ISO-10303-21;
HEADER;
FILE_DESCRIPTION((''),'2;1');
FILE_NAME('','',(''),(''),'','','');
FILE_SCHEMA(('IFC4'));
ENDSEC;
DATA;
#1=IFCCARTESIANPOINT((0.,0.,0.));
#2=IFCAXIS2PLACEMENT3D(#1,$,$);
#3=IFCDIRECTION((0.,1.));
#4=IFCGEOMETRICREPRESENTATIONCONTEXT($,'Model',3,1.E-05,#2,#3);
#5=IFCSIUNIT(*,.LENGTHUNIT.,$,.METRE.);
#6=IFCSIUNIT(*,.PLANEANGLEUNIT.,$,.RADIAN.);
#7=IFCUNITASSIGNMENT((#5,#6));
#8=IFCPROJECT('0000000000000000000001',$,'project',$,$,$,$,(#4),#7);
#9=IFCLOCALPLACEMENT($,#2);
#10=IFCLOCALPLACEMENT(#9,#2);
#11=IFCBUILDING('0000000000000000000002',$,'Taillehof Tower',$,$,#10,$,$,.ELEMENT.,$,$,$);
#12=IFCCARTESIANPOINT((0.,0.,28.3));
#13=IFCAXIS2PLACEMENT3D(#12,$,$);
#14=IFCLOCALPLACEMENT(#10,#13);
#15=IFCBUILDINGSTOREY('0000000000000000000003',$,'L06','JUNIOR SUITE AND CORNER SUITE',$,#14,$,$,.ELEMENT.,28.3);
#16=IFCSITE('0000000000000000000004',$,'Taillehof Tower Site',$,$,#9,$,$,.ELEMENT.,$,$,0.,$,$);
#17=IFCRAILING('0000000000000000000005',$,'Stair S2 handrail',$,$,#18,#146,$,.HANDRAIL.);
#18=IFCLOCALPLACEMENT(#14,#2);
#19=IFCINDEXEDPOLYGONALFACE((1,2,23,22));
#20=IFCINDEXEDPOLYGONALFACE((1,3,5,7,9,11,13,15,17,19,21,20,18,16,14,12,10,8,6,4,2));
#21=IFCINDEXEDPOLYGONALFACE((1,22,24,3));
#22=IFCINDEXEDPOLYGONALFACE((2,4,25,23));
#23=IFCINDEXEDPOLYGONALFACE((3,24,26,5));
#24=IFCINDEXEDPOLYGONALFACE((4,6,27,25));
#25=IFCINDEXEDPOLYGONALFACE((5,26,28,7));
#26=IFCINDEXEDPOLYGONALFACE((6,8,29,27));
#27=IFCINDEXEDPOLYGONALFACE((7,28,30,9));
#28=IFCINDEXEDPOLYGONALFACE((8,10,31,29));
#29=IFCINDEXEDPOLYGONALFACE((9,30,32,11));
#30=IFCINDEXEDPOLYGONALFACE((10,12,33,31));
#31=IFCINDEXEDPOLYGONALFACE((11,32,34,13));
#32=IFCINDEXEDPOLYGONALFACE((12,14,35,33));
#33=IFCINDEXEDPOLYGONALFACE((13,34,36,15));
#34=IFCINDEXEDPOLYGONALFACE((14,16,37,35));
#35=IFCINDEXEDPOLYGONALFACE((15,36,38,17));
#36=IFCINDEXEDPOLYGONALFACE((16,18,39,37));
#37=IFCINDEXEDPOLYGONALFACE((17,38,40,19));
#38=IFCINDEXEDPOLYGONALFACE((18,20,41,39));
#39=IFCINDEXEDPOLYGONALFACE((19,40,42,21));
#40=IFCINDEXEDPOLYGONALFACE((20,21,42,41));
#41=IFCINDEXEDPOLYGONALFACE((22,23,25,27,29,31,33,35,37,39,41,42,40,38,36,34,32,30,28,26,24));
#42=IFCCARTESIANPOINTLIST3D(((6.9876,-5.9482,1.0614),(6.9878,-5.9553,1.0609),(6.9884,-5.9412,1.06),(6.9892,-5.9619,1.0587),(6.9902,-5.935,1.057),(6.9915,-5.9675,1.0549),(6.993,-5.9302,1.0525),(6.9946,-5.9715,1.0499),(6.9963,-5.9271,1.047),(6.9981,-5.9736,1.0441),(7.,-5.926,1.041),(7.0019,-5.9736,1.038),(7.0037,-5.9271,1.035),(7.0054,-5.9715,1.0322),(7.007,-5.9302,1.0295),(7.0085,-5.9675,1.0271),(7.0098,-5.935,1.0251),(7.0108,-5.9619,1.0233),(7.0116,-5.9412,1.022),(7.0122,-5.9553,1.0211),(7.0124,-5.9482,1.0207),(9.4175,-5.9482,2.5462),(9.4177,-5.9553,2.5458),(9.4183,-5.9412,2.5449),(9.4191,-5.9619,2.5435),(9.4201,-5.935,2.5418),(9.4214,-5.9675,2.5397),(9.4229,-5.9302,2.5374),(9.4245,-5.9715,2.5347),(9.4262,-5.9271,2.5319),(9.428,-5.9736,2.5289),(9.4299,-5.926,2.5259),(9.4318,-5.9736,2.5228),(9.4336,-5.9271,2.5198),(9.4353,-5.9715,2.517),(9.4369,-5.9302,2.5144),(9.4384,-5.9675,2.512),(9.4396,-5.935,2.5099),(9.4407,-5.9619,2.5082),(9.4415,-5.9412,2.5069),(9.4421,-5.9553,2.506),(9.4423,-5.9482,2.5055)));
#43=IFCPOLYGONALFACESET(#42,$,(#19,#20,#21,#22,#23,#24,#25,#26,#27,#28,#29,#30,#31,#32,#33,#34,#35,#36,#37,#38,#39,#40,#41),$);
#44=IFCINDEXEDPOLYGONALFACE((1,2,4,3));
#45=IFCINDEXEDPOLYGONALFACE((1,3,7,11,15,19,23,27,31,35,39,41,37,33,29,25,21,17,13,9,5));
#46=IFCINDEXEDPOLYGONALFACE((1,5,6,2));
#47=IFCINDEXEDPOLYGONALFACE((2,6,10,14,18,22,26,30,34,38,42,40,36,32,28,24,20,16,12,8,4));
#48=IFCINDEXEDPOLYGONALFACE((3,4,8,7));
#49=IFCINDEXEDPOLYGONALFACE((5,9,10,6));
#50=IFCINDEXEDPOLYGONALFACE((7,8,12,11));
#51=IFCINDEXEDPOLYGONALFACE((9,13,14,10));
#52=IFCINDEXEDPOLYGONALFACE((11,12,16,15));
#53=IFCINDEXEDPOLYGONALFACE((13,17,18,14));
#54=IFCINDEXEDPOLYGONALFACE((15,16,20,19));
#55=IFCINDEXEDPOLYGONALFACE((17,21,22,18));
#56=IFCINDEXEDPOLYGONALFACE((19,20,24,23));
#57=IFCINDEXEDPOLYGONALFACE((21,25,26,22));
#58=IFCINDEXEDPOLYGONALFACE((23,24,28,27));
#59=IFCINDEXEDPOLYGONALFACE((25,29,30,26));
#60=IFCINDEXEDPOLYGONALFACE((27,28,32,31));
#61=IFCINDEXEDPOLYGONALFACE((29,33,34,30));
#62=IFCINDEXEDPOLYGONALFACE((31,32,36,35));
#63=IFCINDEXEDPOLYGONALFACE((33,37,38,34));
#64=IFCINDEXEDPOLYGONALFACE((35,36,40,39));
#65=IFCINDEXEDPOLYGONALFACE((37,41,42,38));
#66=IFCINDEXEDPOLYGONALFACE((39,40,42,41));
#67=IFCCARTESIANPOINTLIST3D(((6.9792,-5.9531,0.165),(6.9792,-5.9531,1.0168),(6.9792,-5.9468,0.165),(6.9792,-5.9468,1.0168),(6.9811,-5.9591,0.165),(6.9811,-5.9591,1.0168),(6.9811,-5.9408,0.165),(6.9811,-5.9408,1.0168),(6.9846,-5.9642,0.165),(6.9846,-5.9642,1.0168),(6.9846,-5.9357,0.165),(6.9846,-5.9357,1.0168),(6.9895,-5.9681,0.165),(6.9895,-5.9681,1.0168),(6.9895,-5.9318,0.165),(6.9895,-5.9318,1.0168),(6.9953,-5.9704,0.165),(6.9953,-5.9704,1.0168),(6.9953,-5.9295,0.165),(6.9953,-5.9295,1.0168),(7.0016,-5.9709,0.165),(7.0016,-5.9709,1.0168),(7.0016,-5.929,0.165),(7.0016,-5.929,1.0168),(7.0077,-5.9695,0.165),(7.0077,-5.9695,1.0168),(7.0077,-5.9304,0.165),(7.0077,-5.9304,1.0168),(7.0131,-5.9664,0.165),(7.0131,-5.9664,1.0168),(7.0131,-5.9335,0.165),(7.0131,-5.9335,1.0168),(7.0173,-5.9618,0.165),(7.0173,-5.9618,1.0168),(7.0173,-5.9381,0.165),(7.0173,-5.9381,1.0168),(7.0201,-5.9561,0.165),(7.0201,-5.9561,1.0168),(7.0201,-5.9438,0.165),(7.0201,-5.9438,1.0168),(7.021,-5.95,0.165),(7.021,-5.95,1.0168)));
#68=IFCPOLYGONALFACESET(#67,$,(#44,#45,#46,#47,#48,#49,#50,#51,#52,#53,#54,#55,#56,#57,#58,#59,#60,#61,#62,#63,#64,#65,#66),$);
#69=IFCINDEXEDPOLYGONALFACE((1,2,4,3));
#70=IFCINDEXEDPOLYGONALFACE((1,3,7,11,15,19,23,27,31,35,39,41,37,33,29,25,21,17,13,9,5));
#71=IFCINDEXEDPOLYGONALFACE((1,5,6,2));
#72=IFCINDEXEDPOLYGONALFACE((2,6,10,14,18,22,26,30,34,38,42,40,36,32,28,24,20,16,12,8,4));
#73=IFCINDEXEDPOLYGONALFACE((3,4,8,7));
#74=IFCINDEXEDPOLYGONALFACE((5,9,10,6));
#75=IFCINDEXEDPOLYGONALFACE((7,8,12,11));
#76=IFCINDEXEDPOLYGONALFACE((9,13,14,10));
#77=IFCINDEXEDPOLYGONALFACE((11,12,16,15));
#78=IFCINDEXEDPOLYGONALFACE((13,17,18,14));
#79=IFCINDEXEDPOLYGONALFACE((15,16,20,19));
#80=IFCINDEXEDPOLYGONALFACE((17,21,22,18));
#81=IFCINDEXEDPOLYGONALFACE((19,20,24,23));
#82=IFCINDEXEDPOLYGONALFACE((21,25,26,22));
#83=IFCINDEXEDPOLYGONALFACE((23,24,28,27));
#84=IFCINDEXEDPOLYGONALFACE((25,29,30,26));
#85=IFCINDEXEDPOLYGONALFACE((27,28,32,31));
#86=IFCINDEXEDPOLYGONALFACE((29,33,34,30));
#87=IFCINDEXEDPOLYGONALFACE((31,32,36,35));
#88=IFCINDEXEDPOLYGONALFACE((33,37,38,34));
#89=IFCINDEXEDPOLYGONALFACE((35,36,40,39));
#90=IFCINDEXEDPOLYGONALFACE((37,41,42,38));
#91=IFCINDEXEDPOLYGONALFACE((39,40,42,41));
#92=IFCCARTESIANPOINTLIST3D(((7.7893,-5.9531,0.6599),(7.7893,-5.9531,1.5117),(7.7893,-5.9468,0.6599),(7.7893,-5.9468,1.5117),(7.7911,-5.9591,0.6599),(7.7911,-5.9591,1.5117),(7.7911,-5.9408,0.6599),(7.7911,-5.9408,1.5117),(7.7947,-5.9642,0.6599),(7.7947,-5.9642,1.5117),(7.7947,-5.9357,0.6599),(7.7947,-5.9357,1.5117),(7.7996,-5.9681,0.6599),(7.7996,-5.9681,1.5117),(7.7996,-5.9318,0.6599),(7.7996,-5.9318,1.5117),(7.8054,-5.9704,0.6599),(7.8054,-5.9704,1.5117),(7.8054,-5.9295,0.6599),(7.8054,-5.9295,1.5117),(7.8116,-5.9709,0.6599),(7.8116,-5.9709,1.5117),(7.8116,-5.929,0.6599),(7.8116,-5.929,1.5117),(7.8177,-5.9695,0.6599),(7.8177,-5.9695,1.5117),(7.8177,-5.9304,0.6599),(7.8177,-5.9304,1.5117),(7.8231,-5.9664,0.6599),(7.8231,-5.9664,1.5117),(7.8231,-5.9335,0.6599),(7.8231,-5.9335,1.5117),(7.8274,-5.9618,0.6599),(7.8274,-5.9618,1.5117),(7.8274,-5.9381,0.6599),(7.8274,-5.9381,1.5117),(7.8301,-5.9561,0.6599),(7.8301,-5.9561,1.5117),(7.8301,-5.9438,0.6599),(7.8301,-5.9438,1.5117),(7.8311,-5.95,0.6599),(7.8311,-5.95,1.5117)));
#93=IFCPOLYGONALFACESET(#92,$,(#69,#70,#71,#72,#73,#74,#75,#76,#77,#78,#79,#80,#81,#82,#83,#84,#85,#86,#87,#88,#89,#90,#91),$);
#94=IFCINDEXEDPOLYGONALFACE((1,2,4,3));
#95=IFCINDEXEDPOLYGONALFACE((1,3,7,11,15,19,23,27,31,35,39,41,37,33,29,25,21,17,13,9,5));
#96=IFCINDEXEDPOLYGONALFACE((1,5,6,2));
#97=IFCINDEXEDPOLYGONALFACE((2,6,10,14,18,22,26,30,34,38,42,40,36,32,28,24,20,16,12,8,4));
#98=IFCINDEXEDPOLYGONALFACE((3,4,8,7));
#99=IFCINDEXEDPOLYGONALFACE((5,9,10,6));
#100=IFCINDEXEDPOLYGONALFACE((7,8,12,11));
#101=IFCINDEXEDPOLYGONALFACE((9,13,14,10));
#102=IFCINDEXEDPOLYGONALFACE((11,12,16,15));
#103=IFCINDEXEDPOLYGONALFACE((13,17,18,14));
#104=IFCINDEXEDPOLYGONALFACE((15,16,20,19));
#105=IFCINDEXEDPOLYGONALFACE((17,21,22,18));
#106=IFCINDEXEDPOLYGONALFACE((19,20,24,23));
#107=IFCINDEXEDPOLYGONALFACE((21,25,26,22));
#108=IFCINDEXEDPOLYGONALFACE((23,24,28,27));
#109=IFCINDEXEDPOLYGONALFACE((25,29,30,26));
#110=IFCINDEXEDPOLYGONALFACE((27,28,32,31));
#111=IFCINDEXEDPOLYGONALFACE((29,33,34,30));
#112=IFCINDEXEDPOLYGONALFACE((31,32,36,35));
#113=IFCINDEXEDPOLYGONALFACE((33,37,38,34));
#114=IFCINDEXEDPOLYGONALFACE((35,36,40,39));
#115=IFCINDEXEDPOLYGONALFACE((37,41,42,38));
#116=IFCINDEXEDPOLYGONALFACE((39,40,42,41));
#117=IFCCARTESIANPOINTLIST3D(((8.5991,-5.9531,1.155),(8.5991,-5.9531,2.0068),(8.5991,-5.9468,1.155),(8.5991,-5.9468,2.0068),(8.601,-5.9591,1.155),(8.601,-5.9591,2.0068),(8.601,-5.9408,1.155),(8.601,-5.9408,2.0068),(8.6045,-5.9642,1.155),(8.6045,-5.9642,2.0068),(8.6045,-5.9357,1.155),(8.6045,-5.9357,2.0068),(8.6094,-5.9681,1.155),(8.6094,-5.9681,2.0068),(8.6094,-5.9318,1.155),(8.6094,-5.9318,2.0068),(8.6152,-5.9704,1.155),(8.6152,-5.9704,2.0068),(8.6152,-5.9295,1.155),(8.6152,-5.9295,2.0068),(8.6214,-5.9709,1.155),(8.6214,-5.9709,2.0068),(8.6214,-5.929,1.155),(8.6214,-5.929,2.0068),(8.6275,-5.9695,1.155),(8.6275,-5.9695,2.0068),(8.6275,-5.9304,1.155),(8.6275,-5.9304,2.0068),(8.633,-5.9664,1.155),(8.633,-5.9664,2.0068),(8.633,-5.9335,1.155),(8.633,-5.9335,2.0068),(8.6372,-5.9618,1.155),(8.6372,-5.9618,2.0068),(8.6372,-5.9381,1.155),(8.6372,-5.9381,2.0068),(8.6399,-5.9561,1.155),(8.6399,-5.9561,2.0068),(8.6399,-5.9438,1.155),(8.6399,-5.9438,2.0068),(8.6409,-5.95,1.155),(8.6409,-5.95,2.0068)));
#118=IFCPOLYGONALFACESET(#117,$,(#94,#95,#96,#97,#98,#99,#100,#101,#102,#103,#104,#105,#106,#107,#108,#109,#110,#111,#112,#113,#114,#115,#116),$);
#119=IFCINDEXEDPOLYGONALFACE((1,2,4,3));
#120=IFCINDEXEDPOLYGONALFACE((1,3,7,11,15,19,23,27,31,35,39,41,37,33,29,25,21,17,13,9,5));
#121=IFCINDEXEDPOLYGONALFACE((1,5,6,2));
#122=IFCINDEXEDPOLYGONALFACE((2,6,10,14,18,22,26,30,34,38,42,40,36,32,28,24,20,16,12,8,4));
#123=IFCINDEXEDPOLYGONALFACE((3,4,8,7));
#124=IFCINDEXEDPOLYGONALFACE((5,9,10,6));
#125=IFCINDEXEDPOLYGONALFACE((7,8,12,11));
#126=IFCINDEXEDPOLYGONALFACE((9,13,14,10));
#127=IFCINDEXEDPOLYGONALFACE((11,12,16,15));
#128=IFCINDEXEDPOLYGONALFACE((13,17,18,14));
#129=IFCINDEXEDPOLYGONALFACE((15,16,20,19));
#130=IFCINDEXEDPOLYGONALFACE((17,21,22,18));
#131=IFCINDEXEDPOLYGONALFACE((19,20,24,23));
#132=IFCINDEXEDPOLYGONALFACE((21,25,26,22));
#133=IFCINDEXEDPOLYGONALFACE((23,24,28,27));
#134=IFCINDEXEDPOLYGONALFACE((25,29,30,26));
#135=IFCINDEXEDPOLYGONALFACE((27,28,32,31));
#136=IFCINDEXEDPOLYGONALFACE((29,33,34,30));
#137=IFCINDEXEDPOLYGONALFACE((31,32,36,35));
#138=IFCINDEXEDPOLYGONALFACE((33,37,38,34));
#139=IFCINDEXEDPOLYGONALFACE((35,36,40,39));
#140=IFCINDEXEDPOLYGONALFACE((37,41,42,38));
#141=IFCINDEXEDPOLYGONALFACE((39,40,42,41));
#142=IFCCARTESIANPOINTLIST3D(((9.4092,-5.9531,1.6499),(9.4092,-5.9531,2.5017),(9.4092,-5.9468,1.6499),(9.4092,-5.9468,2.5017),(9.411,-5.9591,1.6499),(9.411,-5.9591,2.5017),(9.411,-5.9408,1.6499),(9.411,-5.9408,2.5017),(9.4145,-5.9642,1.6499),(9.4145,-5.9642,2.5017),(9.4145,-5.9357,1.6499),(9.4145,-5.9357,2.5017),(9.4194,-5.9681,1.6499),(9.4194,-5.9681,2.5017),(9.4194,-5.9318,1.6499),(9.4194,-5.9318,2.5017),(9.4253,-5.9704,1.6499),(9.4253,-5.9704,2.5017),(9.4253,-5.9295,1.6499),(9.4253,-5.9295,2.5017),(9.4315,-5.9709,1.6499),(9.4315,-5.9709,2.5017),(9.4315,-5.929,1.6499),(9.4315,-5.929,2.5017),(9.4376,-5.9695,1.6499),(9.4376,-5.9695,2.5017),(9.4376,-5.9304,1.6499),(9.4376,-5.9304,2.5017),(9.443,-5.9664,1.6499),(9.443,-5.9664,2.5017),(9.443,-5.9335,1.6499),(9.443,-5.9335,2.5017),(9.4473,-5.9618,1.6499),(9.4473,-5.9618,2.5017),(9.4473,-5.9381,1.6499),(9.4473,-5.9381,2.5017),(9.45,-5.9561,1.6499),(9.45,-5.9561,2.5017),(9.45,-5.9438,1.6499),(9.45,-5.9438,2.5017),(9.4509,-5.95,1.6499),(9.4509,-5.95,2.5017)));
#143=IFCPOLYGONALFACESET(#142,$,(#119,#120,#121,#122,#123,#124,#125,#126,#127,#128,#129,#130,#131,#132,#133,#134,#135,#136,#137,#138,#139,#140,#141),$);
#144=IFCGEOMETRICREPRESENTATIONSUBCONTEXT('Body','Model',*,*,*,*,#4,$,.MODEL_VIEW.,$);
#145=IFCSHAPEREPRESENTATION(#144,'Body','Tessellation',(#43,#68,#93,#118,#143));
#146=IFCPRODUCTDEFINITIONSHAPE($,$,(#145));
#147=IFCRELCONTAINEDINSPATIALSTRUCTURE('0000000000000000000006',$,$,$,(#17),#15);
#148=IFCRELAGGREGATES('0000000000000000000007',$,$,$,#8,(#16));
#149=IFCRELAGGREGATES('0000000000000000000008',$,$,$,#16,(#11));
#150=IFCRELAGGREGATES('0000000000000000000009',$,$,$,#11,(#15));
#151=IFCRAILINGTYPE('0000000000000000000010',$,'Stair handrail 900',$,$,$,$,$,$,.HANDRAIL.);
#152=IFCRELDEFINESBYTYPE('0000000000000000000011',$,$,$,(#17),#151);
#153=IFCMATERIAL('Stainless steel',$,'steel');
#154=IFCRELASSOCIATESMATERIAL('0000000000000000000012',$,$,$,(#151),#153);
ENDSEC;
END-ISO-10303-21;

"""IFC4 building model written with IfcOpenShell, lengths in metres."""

from ifc_helpers import new_model, si_unit, direction, frame, origin, origin_2d, place, context, subcontext, project, spatial, circle, extrude, material, type_object, element, save


model = new_model("IFC4")

# Units and contexts
model_context = context("Model", 3, precision=1e-05, world=origin(), true_north=direction((0.0, 1.0)))
body_context = subcontext(model_context, "Body", "Model", "MODEL_VIEW")
ifc_project = project(units=[si_unit("LENGTHUNIT", "METRE"), si_unit("PLANEANGLEUNIT", "RADIAN")], contexts=[model_context])

# Site, building, storey
site_placement = place(None, origin())
site = spatial("IfcSite", under=ifc_project, at=site_placement, Name="Taillehof Tower Site", CompositionType="ELEMENT", RefElevation=0.0)
building_placement = place(site_placement, origin())
building = spatial("IfcBuilding", under=site, at=building_placement, Name="Taillehof Tower", CompositionType="ELEMENT")
storey_placement = place(building_placement, frame((0.0, 0.0, 28.3)))
storey = spatial("IfcBuildingStorey", under=building, at=storey_placement, Name="L06", Description="JUNIOR SUITE AND CORNER SUITE", CompositionType="ELEMENT", Elevation=28.3)

# Railing
ifc_material_1 = material(Name="Stainless steel", Category="steel")
railing_type = type_object("IfcRailingType", Name="Stair handrail 900", PredefinedType="HANDRAIL", material=ifc_material_1)
railing_1_placement = place(storey_placement, frame((7.0, -5.95, 0.165)))
element("IfcRailing", 1, at=railing_1_placement, inside=storey, type_object=railing_type, Name="Stair S2 handrail", PredefinedType="HANDRAIL", context=body_context, shape_type="SweptSolid", body=[
    extrude(circle(Radius=0.0239, at=origin_2d()), frame((0.0, 0.0, 0.876), z_axis=(0.853297, 0.0, 0.521426), x_axis=(0.0, 1.0, 0.0)), (0.0, 0.0, 1.0), 2.8477),
    extrude(circle(Radius=0.021, at=origin_2d()), origin(), (0.0, 0.0, 1.0), 0.8518),
    extrude(circle(Radius=0.021, at=origin_2d()), frame((0.8101, 0.0, 0.4949)), (0.0, 0.0, 1.0), 0.8518),
    extrude(circle(Radius=0.021, at=origin_2d()), frame((1.6199, 0.0, 0.99)), (0.0, 0.0, 1.0), 0.8518),
    extrude(circle(Radius=0.021, at=origin_2d()), frame((2.4299, 0.0, 1.4849)), (0.0, 0.0, 1.0), 0.8518),
])

save(model, "model.ifc")
